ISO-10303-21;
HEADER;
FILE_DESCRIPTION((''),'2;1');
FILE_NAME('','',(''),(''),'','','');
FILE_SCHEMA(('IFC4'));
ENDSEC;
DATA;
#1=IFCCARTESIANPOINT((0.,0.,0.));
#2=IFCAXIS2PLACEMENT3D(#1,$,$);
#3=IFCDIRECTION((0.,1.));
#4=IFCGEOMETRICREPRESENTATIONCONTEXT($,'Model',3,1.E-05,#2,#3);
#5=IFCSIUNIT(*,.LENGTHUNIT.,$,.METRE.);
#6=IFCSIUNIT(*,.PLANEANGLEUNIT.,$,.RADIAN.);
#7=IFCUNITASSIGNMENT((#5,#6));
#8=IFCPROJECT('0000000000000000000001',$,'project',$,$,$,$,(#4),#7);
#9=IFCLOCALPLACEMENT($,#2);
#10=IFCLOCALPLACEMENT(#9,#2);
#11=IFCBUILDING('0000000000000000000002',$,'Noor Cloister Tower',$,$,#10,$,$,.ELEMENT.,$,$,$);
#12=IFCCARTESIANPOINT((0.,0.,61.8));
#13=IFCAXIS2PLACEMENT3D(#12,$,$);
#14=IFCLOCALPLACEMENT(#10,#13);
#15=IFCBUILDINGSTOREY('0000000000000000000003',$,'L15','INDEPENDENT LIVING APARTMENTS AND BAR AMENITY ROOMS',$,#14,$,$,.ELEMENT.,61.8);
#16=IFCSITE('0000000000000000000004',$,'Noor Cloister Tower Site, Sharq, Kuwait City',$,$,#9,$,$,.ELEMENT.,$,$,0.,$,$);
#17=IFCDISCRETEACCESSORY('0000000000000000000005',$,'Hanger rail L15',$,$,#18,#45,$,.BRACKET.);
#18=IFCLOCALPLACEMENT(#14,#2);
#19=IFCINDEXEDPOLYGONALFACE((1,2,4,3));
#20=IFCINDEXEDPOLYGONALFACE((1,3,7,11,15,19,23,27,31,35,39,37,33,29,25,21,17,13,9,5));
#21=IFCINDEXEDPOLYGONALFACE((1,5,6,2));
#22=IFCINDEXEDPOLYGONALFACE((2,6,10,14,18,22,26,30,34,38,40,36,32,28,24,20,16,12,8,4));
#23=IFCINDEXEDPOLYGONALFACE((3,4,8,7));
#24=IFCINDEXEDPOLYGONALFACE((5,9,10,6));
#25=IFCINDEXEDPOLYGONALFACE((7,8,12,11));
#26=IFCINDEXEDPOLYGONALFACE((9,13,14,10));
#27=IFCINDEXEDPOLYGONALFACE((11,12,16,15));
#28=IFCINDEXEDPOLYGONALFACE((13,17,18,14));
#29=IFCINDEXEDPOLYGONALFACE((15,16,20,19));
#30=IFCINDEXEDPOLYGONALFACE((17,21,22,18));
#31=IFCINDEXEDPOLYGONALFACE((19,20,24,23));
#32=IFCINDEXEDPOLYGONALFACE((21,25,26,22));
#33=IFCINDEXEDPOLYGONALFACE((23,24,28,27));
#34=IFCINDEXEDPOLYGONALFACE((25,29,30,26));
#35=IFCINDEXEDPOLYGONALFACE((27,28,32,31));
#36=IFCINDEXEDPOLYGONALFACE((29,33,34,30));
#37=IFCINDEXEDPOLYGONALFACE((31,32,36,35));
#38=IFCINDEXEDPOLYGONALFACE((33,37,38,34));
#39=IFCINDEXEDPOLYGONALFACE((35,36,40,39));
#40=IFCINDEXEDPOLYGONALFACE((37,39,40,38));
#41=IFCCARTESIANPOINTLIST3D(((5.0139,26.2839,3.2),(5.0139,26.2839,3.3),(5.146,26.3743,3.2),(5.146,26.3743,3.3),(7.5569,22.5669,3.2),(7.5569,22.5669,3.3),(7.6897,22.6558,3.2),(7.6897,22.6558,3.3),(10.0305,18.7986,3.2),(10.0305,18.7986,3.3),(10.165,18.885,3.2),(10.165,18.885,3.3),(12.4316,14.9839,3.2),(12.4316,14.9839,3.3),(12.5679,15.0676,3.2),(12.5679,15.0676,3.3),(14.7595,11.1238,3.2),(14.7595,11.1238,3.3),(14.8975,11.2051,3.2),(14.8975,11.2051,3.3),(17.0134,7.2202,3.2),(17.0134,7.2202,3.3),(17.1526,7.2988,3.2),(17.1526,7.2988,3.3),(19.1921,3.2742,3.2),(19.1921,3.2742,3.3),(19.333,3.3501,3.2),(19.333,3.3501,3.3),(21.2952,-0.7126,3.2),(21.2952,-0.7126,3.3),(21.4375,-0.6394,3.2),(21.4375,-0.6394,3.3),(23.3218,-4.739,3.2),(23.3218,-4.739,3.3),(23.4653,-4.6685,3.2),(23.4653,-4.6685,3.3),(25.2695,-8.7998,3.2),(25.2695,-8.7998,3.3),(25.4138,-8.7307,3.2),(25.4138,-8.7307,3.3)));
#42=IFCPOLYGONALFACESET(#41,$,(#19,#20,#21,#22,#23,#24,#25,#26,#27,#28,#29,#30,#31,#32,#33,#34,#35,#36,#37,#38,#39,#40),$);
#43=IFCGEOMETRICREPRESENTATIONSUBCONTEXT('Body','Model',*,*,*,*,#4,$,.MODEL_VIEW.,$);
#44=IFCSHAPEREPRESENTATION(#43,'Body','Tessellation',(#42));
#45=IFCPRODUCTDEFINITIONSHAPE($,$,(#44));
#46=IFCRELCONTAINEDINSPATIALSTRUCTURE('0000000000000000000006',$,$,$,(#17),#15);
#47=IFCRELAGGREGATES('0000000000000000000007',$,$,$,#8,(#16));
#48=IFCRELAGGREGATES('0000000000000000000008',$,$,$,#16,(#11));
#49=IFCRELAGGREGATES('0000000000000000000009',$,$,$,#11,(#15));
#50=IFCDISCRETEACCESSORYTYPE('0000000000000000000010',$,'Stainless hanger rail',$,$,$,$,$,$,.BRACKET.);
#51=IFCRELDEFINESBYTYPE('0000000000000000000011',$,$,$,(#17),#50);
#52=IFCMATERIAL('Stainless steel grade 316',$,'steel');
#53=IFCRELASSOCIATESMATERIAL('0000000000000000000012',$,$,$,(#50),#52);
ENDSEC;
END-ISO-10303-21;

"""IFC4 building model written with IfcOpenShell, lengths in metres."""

from ifc_helpers import new_model, si_unit, direction, frame, origin, place, context, subcontext, project, spatial, polyline, outline, extrude, material, type_object, element, save


model = new_model("IFC4")

# Units and contexts
model_context = context("Model", 3, precision=1e-05, world=origin(), true_north=direction((0.0, 1.0)))
body_context = subcontext(model_context, "Body", "Model", "MODEL_VIEW")
ifc_project = project(units=[si_unit("LENGTHUNIT", "METRE"), si_unit("PLANEANGLEUNIT", "RADIAN")], contexts=[model_context])

# Site, building, storey
site_placement = place(None, origin())
site = spatial("IfcSite", under=ifc_project, at=site_placement, Name="Noor Cloister Tower Site, Sharq, Kuwait City", CompositionType="ELEMENT", RefElevation=0.0)
building_placement = place(site_placement, origin())
building = spatial("IfcBuilding", under=site, at=building_placement, Name="Noor Cloister Tower", CompositionType="ELEMENT")
storey_placement = place(building_placement, frame((0.0, 0.0, 61.8)))
storey = spatial("IfcBuildingStorey", under=building, at=storey_placement, Name="L15", Description="INDEPENDENT LIVING APARTMENTS AND BAR AMENITY ROOMS", CompositionType="ELEMENT", Elevation=61.8)

# Discrete accessory
ifc_material_1 = material(Name="Stainless steel grade 316", Category="steel")
discrete_accessory_type = type_object("IfcDiscreteAccessoryType", Name="Stainless hanger rail", PredefinedType="BRACKET", material=ifc_material_1)
discrete_accessory_1_placement = place(storey_placement, frame((0.0, 0.0, 3.2)))
element("IfcDiscreteAccessory", 1, at=discrete_accessory_1_placement, inside=storey, type_object=discrete_accessory_type, Name="Hanger rail L15", PredefinedType="BRACKET", context=body_context, shape_type="SweptSolid", body=[
    extrude(outline(polyline([(25.4138, -8.7307), (23.4653, -4.6685), (21.4375, -0.6394), (19.333, 3.3501), (17.1526, 7.2988), (14.8975, 11.2051), (12.5679, 15.0676), (10.165, 18.885), (7.6897, 22.6558), (5.146, 26.3743), (5.0139, 26.2839), (7.5569, 22.5669), (10.0305, 18.7986), (12.4316, 14.9839), (14.7595, 11.1238), (17.0134, 7.2202), (19.1921, 3.2742), (21.2952, -0.7126), (23.3218, -4.739), (25.2695, -8.7998), (25.4138, -8.7307)])), origin(), (0.0, 0.0, 1.0), 0.1001),
])

save(model, "model.ifc")
